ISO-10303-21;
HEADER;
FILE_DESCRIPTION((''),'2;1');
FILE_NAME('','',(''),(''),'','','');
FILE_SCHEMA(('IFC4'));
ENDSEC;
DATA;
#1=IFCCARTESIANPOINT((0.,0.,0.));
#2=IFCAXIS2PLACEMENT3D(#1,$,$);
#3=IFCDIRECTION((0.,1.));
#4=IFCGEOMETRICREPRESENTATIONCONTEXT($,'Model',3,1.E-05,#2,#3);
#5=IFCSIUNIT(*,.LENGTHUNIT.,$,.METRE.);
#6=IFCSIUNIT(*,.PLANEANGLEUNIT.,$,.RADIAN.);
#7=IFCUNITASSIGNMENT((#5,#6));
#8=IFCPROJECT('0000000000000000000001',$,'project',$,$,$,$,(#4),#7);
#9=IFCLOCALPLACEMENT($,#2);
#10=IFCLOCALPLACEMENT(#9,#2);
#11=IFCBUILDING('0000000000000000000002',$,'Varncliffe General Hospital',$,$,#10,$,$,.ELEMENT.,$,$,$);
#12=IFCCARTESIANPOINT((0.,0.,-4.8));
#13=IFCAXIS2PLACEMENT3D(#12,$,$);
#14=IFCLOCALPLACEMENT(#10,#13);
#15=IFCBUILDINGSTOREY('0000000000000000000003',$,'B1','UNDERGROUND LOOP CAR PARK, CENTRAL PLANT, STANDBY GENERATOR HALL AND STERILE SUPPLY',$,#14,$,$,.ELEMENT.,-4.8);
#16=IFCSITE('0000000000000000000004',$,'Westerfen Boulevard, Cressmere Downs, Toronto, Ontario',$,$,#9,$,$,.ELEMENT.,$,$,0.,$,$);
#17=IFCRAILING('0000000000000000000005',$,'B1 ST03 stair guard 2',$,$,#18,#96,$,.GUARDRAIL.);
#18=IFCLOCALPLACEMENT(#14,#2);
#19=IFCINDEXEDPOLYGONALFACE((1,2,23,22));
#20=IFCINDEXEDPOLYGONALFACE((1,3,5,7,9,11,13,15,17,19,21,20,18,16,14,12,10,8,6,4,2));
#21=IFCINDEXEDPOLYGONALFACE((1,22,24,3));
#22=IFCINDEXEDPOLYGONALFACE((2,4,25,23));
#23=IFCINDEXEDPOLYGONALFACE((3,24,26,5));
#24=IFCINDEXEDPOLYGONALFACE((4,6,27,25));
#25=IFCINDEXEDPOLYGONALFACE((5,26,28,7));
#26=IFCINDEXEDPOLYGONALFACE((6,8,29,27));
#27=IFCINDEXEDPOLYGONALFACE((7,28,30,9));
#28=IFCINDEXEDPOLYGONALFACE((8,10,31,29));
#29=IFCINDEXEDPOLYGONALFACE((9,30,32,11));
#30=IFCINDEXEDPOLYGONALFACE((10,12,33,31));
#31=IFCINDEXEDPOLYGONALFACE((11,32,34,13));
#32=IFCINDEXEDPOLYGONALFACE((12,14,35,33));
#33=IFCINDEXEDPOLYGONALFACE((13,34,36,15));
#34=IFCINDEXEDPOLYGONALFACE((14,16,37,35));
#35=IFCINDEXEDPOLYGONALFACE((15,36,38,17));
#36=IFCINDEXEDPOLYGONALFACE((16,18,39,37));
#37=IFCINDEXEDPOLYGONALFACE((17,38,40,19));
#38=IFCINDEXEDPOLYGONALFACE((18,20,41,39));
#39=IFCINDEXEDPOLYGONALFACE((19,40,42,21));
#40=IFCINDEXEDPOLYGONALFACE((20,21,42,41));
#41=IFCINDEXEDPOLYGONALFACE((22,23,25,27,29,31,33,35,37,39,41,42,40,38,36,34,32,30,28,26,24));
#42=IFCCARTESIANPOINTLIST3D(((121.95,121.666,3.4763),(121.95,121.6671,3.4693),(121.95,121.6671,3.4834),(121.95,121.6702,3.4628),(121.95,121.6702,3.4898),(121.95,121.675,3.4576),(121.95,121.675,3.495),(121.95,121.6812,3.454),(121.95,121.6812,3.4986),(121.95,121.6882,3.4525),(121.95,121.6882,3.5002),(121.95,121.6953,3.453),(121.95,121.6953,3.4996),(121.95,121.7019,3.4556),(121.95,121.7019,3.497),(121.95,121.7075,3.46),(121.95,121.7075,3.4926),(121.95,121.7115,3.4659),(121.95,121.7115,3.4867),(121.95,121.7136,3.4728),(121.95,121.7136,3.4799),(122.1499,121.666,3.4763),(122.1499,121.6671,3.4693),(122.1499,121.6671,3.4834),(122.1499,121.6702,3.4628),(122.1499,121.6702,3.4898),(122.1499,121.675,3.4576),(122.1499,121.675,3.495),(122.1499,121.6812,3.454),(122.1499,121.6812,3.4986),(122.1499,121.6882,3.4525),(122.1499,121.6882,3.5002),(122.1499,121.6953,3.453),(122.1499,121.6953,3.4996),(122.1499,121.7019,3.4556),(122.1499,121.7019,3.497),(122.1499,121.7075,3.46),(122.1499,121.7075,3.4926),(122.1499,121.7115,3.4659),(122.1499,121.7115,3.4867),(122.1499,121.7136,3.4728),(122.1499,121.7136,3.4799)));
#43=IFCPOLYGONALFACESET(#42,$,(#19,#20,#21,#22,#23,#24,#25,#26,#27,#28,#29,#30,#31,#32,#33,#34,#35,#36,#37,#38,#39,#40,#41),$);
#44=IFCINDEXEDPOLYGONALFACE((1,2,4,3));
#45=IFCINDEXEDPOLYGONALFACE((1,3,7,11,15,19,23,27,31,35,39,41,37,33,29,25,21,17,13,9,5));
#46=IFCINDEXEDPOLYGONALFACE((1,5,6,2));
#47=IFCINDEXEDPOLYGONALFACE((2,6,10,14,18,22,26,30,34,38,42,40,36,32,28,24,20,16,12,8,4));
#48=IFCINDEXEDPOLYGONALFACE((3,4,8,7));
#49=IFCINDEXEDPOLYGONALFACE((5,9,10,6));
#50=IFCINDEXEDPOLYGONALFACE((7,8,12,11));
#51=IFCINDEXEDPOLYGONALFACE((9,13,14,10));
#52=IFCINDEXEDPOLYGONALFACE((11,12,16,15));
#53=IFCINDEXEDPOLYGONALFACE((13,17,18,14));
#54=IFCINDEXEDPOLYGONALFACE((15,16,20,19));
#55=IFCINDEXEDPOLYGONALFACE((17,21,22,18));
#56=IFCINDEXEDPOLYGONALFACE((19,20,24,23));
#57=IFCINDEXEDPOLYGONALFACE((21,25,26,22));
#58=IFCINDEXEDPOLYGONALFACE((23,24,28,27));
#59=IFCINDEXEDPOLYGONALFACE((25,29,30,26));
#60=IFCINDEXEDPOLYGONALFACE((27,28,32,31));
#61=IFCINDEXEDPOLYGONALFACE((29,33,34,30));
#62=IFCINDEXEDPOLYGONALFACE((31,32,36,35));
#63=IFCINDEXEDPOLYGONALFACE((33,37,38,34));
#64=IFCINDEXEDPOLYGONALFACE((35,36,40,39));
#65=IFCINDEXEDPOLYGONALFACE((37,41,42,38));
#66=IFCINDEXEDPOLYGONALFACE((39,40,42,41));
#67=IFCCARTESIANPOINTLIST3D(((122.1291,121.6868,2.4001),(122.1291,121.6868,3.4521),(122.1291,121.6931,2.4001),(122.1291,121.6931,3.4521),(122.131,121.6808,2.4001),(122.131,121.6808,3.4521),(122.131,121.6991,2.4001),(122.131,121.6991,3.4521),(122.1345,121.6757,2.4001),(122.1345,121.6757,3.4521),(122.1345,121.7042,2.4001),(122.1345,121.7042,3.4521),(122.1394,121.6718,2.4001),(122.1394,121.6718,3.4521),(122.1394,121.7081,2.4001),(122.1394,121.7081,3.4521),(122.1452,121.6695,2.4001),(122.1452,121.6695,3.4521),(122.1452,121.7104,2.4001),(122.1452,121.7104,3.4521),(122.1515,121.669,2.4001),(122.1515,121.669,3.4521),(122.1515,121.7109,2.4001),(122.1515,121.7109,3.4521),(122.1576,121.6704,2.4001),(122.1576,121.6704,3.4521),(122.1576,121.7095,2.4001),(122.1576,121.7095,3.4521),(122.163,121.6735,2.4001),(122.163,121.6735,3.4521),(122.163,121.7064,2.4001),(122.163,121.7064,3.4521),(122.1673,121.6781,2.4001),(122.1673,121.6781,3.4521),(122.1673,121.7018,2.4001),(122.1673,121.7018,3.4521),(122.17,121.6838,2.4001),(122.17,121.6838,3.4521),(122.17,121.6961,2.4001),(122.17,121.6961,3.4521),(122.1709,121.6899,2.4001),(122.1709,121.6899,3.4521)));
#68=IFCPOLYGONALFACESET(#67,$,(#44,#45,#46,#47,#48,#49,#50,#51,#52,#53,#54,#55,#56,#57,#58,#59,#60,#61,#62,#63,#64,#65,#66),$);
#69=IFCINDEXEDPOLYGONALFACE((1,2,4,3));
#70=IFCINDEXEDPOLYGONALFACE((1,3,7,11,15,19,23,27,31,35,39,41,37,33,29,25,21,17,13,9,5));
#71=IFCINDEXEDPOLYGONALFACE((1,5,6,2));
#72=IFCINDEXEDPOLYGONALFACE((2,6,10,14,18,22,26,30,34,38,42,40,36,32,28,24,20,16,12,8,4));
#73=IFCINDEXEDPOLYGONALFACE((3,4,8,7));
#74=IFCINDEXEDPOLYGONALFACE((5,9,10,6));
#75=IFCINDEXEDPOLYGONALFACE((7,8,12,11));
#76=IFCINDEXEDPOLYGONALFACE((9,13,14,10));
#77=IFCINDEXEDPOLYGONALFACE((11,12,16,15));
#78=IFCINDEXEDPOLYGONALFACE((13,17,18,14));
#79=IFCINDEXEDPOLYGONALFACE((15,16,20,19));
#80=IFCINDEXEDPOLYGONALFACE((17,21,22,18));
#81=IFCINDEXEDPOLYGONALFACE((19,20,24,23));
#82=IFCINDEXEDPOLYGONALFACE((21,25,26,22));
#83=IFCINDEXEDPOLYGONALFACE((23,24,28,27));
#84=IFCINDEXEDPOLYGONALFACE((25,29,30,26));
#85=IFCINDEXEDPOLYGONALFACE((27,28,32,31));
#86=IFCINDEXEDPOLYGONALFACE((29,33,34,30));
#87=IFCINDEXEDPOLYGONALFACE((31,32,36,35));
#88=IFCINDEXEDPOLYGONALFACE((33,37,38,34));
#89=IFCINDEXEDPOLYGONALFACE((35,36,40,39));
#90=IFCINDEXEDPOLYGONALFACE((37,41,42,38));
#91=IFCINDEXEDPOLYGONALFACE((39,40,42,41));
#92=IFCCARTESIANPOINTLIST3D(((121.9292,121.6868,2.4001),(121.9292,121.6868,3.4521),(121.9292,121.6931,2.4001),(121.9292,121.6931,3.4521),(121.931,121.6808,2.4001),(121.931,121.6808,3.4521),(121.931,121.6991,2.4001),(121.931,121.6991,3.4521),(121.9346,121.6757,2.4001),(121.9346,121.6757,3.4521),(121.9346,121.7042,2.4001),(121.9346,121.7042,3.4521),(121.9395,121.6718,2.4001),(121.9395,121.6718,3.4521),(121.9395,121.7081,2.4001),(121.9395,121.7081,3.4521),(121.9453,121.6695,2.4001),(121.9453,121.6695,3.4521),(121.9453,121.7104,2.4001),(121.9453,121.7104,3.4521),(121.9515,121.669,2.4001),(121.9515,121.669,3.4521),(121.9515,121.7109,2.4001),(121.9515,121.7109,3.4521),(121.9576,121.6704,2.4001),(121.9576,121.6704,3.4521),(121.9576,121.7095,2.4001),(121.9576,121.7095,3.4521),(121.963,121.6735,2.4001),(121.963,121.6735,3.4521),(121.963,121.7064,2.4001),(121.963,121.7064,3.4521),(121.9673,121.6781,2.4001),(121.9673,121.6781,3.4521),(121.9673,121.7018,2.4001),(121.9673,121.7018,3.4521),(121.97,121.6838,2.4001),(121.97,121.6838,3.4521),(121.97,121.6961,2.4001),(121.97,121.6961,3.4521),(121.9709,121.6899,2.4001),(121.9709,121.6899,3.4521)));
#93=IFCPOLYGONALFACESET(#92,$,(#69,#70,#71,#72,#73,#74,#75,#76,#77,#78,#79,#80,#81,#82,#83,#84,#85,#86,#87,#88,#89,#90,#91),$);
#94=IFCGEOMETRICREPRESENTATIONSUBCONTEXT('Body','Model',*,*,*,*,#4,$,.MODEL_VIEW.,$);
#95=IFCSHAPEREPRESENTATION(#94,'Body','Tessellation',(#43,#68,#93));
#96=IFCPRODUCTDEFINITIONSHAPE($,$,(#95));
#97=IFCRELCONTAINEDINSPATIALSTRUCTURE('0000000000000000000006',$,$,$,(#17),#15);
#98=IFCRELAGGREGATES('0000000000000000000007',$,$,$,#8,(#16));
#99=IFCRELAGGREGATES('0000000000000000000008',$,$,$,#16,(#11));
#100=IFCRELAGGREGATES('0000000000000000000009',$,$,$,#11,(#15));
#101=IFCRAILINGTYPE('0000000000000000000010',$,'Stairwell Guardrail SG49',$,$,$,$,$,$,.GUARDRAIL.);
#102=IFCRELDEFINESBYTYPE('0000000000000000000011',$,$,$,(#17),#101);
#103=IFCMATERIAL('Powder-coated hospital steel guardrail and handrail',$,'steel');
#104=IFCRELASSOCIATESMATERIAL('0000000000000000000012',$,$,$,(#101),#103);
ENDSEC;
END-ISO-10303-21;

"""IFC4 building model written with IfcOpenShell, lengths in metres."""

from ifc_helpers import new_model, si_unit, direction, frame, origin, origin_2d, place, context, subcontext, project, spatial, circle, extrude, material, type_object, element, save


model = new_model("IFC4")

# Units and contexts
model_context = context("Model", 3, precision=1e-05, world=origin(), true_north=direction((0.0, 1.0)))
body_context = subcontext(model_context, "Body", "Model", "MODEL_VIEW")
ifc_project = project(units=[si_unit("LENGTHUNIT", "METRE"), si_unit("PLANEANGLEUNIT", "RADIAN")], contexts=[model_context])

# Site, building, storey
site_placement = place(None, origin())
site = spatial("IfcSite", under=ifc_project, at=site_placement, Name="Westerfen Boulevard, Cressmere Downs, Toronto, Ontario", CompositionType="ELEMENT", RefElevation=0.0)
building_placement = place(site_placement, origin())
building = spatial("IfcBuilding", under=site, at=building_placement, Name="Varncliffe General Hospital", CompositionType="ELEMENT")
storey_placement = place(building_placement, frame((0.0, 0.0, -4.8)))
storey = spatial("IfcBuildingStorey", under=building, at=storey_placement, Name="B1", Description="UNDERGROUND LOOP CAR PARK, CENTRAL PLANT, STANDBY GENERATOR HALL AND STERILE SUPPLY", CompositionType="ELEMENT", Elevation=-4.8)

# Railing
ifc_material_1 = material(Name="Powder-coated hospital steel guardrail and handrail", Category="steel")
railing_type_1 = type_object("IfcRailingType", Name="Stairwell Guardrail SG49", PredefinedType="GUARDRAIL", material=ifc_material_1)
railing_1_placement = place(storey_placement, frame((122.1499, 121.6899, 2.4001)))
element("IfcRailing", 1, at=railing_1_placement, inside=storey, type_object=railing_type_1, Name="B1 ST03 stair guard 2", PredefinedType="GUARDRAIL", context=body_context, shape_type="SweptSolid", body=[
    extrude(circle(Radius=0.0239, at=origin_2d()), frame((0.0, 0.0, 1.0762), z_axis=(-1.0, 0.0, 0.0), x_axis=(0.0, -1.0, 0.0)), (0.0, 0.0, 1.0), 0.2),
    extrude(circle(Radius=0.021, at=origin_2d()), origin(), (0.0, 0.0, 1.0), 1.052),
    extrude(circle(Radius=0.021, at=origin_2d()), frame((-0.2, 0.0, 0.0)), (0.0, 0.0, 1.0), 1.052),
])

save(model, "model.ifc")
